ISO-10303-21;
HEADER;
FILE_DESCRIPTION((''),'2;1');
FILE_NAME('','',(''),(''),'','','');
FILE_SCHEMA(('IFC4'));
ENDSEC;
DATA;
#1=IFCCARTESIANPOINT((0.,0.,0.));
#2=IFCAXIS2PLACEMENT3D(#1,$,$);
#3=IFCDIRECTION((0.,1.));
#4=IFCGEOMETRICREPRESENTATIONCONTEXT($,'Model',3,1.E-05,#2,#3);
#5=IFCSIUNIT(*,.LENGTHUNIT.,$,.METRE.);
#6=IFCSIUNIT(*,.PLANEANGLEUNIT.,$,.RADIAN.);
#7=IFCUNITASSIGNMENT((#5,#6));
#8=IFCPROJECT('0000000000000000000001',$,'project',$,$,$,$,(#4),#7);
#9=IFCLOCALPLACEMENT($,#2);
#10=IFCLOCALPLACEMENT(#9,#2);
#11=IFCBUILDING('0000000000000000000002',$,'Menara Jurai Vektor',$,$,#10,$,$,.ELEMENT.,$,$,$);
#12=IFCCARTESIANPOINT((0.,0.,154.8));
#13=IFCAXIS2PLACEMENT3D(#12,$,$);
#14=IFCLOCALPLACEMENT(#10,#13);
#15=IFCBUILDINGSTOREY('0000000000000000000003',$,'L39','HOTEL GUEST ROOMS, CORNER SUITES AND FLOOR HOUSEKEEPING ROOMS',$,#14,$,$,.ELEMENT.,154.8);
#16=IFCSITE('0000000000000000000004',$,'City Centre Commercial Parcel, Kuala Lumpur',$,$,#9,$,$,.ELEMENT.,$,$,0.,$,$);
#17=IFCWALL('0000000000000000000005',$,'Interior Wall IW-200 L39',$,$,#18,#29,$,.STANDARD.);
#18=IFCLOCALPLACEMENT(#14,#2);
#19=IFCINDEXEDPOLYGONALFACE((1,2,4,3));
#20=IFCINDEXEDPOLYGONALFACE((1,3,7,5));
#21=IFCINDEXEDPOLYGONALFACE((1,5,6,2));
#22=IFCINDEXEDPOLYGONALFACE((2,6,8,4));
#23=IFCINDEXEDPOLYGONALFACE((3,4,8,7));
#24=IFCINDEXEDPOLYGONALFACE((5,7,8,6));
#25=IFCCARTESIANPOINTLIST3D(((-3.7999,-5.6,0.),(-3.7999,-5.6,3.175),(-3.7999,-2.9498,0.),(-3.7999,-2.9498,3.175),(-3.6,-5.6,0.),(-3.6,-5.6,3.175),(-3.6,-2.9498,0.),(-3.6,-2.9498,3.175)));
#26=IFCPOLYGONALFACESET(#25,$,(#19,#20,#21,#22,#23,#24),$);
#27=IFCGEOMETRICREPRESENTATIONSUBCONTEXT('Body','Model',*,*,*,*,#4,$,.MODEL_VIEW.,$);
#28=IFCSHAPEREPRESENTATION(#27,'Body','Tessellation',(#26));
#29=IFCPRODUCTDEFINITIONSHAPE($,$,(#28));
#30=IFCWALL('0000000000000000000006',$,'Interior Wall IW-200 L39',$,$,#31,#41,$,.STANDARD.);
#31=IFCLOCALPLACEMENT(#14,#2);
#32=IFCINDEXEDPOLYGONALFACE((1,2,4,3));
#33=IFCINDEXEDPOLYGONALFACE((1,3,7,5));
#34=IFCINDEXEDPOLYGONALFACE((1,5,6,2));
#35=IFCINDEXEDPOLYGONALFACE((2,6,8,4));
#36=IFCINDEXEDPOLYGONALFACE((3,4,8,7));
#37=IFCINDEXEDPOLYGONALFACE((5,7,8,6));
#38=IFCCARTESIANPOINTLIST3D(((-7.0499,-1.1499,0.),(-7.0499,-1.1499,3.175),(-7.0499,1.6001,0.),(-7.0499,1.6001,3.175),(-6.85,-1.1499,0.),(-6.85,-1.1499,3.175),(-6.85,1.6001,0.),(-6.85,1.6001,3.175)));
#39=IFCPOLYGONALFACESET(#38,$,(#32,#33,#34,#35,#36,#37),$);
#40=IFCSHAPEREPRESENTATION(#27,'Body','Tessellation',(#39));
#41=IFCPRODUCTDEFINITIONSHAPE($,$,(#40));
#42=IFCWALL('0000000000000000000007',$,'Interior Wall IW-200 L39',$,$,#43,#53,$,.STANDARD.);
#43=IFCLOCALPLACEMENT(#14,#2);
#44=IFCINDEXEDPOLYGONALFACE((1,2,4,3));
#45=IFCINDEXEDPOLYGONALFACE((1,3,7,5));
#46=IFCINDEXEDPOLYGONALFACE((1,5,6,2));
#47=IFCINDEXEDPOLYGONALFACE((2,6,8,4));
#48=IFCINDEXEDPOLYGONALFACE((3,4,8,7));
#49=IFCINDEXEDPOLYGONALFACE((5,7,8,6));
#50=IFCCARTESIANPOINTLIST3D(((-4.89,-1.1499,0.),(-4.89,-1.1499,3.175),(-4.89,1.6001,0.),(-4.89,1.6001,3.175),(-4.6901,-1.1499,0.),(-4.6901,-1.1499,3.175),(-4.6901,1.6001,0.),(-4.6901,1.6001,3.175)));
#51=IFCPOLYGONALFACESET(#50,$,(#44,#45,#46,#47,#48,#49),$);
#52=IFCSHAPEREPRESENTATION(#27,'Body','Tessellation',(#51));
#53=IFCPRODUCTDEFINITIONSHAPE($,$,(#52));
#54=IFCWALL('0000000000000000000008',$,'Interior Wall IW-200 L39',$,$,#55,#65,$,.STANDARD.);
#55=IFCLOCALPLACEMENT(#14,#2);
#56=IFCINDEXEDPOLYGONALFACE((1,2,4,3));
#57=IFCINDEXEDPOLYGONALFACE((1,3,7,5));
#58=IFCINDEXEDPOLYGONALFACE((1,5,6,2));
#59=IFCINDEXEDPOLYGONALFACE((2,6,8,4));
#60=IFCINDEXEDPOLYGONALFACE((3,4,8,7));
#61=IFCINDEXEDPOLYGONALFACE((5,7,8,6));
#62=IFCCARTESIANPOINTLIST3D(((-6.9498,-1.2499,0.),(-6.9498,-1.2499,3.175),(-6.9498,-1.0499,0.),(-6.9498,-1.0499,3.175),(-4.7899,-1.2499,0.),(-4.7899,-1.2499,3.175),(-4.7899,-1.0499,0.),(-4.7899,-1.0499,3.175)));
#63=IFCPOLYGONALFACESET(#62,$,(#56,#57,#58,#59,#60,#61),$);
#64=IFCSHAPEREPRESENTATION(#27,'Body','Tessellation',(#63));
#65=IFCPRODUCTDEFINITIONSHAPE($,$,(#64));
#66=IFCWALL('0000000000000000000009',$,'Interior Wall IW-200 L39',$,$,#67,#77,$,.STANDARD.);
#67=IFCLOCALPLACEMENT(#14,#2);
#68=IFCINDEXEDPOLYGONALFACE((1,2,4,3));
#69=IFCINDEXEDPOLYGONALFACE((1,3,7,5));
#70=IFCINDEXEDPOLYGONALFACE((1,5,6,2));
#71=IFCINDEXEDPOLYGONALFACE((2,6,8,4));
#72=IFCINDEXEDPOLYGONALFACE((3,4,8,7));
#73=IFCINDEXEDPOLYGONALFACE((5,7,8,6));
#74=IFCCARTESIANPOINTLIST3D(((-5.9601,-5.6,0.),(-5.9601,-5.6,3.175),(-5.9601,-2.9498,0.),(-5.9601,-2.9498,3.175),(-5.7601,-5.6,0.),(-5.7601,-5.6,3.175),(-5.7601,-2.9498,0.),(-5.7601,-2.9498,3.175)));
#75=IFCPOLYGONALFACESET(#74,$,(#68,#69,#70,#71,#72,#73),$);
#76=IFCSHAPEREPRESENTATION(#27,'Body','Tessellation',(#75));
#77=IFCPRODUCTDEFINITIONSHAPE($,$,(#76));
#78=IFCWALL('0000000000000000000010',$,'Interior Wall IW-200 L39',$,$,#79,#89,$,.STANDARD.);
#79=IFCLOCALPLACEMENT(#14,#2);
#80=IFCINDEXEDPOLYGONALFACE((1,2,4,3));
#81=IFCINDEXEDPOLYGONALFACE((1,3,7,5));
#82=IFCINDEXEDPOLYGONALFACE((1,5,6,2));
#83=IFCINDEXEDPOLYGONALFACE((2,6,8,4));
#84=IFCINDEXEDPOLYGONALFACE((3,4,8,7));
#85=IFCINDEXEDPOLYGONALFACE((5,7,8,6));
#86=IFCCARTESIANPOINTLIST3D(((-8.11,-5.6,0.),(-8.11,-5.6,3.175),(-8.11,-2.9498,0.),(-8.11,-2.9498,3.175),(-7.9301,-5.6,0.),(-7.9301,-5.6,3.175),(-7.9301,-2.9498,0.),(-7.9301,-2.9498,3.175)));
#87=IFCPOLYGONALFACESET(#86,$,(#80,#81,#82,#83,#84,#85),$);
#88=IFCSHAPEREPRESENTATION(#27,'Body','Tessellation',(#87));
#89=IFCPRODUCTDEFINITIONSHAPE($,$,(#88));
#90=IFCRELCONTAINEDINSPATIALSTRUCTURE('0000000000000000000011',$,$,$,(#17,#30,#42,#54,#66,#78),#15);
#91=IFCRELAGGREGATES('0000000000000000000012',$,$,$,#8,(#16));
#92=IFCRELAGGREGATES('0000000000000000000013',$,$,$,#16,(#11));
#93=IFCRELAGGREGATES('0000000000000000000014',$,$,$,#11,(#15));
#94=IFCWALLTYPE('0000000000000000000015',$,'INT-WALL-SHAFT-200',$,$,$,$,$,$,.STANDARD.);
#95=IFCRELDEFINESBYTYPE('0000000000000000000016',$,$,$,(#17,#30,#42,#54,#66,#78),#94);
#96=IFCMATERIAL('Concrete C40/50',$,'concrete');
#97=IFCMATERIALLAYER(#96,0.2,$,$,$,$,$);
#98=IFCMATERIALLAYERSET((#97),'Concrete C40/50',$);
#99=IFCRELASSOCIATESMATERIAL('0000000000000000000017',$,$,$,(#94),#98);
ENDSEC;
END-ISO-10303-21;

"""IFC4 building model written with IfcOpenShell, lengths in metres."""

from ifc_helpers import new_model, si_unit, direction, frame, frame_2d, origin, place, context, subcontext, project, spatial, rectangle, extrude, material, layer, layer_set, type_object, element, save


model = new_model("IFC4")

# Units and contexts
model_context = context("Model", 3, precision=1e-05, world=origin(), true_north=direction((0.0, 1.0)))
body_context = subcontext(model_context, "Body", "Model", "MODEL_VIEW")
ifc_project = project(units=[si_unit("LENGTHUNIT", "METRE"), si_unit("PLANEANGLEUNIT", "RADIAN")], contexts=[model_context])

# Site, building, storey
site_placement = place(None, origin())
site = spatial("IfcSite", under=ifc_project, at=site_placement, Name="City Centre Commercial Parcel, Kuala Lumpur", CompositionType="ELEMENT", RefElevation=0.0)
building_placement = place(site_placement, origin())
building = spatial("IfcBuilding", under=site, at=building_placement, Name="Menara Jurai Vektor", CompositionType="ELEMENT")
storey_placement = place(building_placement, frame((0.0, 0.0, 154.8)))
storey = spatial("IfcBuildingStorey", under=building, at=storey_placement, Name="L39", Description="HOTEL GUEST ROOMS, CORNER SUITES AND FLOOR HOUSEKEEPING ROOMS", CompositionType="ELEMENT", Elevation=154.8)

# Walls
ifc_material_1 = material(Name="Concrete C40/50", Category="concrete")
ifc_layer_1 = layer(ifc_material_1, 0.2)
ifc_layer_set_1 = layer_set([ifc_layer_1], Name="Concrete C40/50")
wall_type_1 = type_object("IfcWallType", Name="INT-WALL-SHAFT-200", PredefinedType="STANDARD", material=ifc_layer_set_1)
wall_1_placement = place(storey_placement, frame((-3.7, -5.6001, 0.0), z_axis=(0.0, 0.0, 1.0), x_axis=(0.0, 1.0, 0.0)))
element("IfcWall", 1, at=wall_1_placement, inside=storey, type_object=wall_type_1, Name="Interior Wall IW-200 L39", PredefinedType="STANDARD", context=body_context, shape_type="SweptSolid", body=[
    extrude(rectangle(XDim=2.6501, YDim=0.2, at=frame_2d((1.3252, 0.0))), origin(), (0.0, 0.0, 1.0), 3.175),
])
for number, where, z_axis, x_axis, name in (
    (2, (-6.95, -1.1499, 0.0), (0.0, 0.0, 1.0), (0.0, 1.0, 0.0), "Interior Wall IW-200 L39"),
    (3, (-4.79, -1.1499, 0.0), (0.0, 0.0, 1.0), (0.0, 1.0, 0.0), "Interior Wall IW-200 L39"),
):
    element("IfcWall", number, at=place(storey_placement, frame(where, z_axis=z_axis, x_axis=x_axis)), inside=storey, type_object=wall_type_1, Name=name, PredefinedType="STANDARD", context=body_context, shape_type="SweptSolid", body=[
        extrude(rectangle(XDim=2.75, YDim=0.2, at=frame_2d((1.375, 0.0))), origin(), (0.0, 0.0, 1.0), 3.175),
    ])
wall_2_placement = place(storey_placement, frame((-6.95, -1.1499, 0.0), z_axis=(0.0, 0.0, 1.0), x_axis=(1.0, 0.0, 0.0)))
element("IfcWall", 4, at=wall_2_placement, inside=storey, type_object=wall_type_1, Name="Interior Wall IW-200 L39", PredefinedType="STANDARD", context=body_context, shape_type="SweptSolid", body=[
    extrude(rectangle(XDim=2.1599, YDim=0.2, at=frame_2d((1.0801, 0.0))), origin(), (0.0, 0.0, 1.0), 3.175),
])
wall_3_placement = place(storey_placement, frame((-5.8601, -5.6001, 0.0), z_axis=(0.0, 0.0, 1.0), x_axis=(0.0, 1.0, 0.0)))
element("IfcWall", 5, at=wall_3_placement, inside=storey, type_object=wall_type_1, Name="Interior Wall IW-200 L39", PredefinedType="STANDARD", context=body_context, shape_type="SweptSolid", body=[
    extrude(rectangle(XDim=2.6501, YDim=0.2, at=frame_2d((1.3252, 0.0))), origin(), (0.0, 0.0, 1.0), 3.175),
])
wall_4_placement = place(storey_placement, frame((-8.02, -5.6001, 0.0), z_axis=(0.0, 0.0, 1.0), x_axis=(0.0, 1.0, 0.0)))
element("IfcWall", 6, at=wall_4_placement, inside=storey, type_object=wall_type_1, Name="Interior Wall IW-200 L39", PredefinedType="STANDARD", context=body_context, shape_type="SweptSolid", body=[
    extrude(rectangle(XDim=2.6501, YDim=0.1799, at=frame_2d((1.3252, 0.0))), origin(), (0.0, 0.0, 1.0), 3.175),
])

save(model, "model.ifc")
